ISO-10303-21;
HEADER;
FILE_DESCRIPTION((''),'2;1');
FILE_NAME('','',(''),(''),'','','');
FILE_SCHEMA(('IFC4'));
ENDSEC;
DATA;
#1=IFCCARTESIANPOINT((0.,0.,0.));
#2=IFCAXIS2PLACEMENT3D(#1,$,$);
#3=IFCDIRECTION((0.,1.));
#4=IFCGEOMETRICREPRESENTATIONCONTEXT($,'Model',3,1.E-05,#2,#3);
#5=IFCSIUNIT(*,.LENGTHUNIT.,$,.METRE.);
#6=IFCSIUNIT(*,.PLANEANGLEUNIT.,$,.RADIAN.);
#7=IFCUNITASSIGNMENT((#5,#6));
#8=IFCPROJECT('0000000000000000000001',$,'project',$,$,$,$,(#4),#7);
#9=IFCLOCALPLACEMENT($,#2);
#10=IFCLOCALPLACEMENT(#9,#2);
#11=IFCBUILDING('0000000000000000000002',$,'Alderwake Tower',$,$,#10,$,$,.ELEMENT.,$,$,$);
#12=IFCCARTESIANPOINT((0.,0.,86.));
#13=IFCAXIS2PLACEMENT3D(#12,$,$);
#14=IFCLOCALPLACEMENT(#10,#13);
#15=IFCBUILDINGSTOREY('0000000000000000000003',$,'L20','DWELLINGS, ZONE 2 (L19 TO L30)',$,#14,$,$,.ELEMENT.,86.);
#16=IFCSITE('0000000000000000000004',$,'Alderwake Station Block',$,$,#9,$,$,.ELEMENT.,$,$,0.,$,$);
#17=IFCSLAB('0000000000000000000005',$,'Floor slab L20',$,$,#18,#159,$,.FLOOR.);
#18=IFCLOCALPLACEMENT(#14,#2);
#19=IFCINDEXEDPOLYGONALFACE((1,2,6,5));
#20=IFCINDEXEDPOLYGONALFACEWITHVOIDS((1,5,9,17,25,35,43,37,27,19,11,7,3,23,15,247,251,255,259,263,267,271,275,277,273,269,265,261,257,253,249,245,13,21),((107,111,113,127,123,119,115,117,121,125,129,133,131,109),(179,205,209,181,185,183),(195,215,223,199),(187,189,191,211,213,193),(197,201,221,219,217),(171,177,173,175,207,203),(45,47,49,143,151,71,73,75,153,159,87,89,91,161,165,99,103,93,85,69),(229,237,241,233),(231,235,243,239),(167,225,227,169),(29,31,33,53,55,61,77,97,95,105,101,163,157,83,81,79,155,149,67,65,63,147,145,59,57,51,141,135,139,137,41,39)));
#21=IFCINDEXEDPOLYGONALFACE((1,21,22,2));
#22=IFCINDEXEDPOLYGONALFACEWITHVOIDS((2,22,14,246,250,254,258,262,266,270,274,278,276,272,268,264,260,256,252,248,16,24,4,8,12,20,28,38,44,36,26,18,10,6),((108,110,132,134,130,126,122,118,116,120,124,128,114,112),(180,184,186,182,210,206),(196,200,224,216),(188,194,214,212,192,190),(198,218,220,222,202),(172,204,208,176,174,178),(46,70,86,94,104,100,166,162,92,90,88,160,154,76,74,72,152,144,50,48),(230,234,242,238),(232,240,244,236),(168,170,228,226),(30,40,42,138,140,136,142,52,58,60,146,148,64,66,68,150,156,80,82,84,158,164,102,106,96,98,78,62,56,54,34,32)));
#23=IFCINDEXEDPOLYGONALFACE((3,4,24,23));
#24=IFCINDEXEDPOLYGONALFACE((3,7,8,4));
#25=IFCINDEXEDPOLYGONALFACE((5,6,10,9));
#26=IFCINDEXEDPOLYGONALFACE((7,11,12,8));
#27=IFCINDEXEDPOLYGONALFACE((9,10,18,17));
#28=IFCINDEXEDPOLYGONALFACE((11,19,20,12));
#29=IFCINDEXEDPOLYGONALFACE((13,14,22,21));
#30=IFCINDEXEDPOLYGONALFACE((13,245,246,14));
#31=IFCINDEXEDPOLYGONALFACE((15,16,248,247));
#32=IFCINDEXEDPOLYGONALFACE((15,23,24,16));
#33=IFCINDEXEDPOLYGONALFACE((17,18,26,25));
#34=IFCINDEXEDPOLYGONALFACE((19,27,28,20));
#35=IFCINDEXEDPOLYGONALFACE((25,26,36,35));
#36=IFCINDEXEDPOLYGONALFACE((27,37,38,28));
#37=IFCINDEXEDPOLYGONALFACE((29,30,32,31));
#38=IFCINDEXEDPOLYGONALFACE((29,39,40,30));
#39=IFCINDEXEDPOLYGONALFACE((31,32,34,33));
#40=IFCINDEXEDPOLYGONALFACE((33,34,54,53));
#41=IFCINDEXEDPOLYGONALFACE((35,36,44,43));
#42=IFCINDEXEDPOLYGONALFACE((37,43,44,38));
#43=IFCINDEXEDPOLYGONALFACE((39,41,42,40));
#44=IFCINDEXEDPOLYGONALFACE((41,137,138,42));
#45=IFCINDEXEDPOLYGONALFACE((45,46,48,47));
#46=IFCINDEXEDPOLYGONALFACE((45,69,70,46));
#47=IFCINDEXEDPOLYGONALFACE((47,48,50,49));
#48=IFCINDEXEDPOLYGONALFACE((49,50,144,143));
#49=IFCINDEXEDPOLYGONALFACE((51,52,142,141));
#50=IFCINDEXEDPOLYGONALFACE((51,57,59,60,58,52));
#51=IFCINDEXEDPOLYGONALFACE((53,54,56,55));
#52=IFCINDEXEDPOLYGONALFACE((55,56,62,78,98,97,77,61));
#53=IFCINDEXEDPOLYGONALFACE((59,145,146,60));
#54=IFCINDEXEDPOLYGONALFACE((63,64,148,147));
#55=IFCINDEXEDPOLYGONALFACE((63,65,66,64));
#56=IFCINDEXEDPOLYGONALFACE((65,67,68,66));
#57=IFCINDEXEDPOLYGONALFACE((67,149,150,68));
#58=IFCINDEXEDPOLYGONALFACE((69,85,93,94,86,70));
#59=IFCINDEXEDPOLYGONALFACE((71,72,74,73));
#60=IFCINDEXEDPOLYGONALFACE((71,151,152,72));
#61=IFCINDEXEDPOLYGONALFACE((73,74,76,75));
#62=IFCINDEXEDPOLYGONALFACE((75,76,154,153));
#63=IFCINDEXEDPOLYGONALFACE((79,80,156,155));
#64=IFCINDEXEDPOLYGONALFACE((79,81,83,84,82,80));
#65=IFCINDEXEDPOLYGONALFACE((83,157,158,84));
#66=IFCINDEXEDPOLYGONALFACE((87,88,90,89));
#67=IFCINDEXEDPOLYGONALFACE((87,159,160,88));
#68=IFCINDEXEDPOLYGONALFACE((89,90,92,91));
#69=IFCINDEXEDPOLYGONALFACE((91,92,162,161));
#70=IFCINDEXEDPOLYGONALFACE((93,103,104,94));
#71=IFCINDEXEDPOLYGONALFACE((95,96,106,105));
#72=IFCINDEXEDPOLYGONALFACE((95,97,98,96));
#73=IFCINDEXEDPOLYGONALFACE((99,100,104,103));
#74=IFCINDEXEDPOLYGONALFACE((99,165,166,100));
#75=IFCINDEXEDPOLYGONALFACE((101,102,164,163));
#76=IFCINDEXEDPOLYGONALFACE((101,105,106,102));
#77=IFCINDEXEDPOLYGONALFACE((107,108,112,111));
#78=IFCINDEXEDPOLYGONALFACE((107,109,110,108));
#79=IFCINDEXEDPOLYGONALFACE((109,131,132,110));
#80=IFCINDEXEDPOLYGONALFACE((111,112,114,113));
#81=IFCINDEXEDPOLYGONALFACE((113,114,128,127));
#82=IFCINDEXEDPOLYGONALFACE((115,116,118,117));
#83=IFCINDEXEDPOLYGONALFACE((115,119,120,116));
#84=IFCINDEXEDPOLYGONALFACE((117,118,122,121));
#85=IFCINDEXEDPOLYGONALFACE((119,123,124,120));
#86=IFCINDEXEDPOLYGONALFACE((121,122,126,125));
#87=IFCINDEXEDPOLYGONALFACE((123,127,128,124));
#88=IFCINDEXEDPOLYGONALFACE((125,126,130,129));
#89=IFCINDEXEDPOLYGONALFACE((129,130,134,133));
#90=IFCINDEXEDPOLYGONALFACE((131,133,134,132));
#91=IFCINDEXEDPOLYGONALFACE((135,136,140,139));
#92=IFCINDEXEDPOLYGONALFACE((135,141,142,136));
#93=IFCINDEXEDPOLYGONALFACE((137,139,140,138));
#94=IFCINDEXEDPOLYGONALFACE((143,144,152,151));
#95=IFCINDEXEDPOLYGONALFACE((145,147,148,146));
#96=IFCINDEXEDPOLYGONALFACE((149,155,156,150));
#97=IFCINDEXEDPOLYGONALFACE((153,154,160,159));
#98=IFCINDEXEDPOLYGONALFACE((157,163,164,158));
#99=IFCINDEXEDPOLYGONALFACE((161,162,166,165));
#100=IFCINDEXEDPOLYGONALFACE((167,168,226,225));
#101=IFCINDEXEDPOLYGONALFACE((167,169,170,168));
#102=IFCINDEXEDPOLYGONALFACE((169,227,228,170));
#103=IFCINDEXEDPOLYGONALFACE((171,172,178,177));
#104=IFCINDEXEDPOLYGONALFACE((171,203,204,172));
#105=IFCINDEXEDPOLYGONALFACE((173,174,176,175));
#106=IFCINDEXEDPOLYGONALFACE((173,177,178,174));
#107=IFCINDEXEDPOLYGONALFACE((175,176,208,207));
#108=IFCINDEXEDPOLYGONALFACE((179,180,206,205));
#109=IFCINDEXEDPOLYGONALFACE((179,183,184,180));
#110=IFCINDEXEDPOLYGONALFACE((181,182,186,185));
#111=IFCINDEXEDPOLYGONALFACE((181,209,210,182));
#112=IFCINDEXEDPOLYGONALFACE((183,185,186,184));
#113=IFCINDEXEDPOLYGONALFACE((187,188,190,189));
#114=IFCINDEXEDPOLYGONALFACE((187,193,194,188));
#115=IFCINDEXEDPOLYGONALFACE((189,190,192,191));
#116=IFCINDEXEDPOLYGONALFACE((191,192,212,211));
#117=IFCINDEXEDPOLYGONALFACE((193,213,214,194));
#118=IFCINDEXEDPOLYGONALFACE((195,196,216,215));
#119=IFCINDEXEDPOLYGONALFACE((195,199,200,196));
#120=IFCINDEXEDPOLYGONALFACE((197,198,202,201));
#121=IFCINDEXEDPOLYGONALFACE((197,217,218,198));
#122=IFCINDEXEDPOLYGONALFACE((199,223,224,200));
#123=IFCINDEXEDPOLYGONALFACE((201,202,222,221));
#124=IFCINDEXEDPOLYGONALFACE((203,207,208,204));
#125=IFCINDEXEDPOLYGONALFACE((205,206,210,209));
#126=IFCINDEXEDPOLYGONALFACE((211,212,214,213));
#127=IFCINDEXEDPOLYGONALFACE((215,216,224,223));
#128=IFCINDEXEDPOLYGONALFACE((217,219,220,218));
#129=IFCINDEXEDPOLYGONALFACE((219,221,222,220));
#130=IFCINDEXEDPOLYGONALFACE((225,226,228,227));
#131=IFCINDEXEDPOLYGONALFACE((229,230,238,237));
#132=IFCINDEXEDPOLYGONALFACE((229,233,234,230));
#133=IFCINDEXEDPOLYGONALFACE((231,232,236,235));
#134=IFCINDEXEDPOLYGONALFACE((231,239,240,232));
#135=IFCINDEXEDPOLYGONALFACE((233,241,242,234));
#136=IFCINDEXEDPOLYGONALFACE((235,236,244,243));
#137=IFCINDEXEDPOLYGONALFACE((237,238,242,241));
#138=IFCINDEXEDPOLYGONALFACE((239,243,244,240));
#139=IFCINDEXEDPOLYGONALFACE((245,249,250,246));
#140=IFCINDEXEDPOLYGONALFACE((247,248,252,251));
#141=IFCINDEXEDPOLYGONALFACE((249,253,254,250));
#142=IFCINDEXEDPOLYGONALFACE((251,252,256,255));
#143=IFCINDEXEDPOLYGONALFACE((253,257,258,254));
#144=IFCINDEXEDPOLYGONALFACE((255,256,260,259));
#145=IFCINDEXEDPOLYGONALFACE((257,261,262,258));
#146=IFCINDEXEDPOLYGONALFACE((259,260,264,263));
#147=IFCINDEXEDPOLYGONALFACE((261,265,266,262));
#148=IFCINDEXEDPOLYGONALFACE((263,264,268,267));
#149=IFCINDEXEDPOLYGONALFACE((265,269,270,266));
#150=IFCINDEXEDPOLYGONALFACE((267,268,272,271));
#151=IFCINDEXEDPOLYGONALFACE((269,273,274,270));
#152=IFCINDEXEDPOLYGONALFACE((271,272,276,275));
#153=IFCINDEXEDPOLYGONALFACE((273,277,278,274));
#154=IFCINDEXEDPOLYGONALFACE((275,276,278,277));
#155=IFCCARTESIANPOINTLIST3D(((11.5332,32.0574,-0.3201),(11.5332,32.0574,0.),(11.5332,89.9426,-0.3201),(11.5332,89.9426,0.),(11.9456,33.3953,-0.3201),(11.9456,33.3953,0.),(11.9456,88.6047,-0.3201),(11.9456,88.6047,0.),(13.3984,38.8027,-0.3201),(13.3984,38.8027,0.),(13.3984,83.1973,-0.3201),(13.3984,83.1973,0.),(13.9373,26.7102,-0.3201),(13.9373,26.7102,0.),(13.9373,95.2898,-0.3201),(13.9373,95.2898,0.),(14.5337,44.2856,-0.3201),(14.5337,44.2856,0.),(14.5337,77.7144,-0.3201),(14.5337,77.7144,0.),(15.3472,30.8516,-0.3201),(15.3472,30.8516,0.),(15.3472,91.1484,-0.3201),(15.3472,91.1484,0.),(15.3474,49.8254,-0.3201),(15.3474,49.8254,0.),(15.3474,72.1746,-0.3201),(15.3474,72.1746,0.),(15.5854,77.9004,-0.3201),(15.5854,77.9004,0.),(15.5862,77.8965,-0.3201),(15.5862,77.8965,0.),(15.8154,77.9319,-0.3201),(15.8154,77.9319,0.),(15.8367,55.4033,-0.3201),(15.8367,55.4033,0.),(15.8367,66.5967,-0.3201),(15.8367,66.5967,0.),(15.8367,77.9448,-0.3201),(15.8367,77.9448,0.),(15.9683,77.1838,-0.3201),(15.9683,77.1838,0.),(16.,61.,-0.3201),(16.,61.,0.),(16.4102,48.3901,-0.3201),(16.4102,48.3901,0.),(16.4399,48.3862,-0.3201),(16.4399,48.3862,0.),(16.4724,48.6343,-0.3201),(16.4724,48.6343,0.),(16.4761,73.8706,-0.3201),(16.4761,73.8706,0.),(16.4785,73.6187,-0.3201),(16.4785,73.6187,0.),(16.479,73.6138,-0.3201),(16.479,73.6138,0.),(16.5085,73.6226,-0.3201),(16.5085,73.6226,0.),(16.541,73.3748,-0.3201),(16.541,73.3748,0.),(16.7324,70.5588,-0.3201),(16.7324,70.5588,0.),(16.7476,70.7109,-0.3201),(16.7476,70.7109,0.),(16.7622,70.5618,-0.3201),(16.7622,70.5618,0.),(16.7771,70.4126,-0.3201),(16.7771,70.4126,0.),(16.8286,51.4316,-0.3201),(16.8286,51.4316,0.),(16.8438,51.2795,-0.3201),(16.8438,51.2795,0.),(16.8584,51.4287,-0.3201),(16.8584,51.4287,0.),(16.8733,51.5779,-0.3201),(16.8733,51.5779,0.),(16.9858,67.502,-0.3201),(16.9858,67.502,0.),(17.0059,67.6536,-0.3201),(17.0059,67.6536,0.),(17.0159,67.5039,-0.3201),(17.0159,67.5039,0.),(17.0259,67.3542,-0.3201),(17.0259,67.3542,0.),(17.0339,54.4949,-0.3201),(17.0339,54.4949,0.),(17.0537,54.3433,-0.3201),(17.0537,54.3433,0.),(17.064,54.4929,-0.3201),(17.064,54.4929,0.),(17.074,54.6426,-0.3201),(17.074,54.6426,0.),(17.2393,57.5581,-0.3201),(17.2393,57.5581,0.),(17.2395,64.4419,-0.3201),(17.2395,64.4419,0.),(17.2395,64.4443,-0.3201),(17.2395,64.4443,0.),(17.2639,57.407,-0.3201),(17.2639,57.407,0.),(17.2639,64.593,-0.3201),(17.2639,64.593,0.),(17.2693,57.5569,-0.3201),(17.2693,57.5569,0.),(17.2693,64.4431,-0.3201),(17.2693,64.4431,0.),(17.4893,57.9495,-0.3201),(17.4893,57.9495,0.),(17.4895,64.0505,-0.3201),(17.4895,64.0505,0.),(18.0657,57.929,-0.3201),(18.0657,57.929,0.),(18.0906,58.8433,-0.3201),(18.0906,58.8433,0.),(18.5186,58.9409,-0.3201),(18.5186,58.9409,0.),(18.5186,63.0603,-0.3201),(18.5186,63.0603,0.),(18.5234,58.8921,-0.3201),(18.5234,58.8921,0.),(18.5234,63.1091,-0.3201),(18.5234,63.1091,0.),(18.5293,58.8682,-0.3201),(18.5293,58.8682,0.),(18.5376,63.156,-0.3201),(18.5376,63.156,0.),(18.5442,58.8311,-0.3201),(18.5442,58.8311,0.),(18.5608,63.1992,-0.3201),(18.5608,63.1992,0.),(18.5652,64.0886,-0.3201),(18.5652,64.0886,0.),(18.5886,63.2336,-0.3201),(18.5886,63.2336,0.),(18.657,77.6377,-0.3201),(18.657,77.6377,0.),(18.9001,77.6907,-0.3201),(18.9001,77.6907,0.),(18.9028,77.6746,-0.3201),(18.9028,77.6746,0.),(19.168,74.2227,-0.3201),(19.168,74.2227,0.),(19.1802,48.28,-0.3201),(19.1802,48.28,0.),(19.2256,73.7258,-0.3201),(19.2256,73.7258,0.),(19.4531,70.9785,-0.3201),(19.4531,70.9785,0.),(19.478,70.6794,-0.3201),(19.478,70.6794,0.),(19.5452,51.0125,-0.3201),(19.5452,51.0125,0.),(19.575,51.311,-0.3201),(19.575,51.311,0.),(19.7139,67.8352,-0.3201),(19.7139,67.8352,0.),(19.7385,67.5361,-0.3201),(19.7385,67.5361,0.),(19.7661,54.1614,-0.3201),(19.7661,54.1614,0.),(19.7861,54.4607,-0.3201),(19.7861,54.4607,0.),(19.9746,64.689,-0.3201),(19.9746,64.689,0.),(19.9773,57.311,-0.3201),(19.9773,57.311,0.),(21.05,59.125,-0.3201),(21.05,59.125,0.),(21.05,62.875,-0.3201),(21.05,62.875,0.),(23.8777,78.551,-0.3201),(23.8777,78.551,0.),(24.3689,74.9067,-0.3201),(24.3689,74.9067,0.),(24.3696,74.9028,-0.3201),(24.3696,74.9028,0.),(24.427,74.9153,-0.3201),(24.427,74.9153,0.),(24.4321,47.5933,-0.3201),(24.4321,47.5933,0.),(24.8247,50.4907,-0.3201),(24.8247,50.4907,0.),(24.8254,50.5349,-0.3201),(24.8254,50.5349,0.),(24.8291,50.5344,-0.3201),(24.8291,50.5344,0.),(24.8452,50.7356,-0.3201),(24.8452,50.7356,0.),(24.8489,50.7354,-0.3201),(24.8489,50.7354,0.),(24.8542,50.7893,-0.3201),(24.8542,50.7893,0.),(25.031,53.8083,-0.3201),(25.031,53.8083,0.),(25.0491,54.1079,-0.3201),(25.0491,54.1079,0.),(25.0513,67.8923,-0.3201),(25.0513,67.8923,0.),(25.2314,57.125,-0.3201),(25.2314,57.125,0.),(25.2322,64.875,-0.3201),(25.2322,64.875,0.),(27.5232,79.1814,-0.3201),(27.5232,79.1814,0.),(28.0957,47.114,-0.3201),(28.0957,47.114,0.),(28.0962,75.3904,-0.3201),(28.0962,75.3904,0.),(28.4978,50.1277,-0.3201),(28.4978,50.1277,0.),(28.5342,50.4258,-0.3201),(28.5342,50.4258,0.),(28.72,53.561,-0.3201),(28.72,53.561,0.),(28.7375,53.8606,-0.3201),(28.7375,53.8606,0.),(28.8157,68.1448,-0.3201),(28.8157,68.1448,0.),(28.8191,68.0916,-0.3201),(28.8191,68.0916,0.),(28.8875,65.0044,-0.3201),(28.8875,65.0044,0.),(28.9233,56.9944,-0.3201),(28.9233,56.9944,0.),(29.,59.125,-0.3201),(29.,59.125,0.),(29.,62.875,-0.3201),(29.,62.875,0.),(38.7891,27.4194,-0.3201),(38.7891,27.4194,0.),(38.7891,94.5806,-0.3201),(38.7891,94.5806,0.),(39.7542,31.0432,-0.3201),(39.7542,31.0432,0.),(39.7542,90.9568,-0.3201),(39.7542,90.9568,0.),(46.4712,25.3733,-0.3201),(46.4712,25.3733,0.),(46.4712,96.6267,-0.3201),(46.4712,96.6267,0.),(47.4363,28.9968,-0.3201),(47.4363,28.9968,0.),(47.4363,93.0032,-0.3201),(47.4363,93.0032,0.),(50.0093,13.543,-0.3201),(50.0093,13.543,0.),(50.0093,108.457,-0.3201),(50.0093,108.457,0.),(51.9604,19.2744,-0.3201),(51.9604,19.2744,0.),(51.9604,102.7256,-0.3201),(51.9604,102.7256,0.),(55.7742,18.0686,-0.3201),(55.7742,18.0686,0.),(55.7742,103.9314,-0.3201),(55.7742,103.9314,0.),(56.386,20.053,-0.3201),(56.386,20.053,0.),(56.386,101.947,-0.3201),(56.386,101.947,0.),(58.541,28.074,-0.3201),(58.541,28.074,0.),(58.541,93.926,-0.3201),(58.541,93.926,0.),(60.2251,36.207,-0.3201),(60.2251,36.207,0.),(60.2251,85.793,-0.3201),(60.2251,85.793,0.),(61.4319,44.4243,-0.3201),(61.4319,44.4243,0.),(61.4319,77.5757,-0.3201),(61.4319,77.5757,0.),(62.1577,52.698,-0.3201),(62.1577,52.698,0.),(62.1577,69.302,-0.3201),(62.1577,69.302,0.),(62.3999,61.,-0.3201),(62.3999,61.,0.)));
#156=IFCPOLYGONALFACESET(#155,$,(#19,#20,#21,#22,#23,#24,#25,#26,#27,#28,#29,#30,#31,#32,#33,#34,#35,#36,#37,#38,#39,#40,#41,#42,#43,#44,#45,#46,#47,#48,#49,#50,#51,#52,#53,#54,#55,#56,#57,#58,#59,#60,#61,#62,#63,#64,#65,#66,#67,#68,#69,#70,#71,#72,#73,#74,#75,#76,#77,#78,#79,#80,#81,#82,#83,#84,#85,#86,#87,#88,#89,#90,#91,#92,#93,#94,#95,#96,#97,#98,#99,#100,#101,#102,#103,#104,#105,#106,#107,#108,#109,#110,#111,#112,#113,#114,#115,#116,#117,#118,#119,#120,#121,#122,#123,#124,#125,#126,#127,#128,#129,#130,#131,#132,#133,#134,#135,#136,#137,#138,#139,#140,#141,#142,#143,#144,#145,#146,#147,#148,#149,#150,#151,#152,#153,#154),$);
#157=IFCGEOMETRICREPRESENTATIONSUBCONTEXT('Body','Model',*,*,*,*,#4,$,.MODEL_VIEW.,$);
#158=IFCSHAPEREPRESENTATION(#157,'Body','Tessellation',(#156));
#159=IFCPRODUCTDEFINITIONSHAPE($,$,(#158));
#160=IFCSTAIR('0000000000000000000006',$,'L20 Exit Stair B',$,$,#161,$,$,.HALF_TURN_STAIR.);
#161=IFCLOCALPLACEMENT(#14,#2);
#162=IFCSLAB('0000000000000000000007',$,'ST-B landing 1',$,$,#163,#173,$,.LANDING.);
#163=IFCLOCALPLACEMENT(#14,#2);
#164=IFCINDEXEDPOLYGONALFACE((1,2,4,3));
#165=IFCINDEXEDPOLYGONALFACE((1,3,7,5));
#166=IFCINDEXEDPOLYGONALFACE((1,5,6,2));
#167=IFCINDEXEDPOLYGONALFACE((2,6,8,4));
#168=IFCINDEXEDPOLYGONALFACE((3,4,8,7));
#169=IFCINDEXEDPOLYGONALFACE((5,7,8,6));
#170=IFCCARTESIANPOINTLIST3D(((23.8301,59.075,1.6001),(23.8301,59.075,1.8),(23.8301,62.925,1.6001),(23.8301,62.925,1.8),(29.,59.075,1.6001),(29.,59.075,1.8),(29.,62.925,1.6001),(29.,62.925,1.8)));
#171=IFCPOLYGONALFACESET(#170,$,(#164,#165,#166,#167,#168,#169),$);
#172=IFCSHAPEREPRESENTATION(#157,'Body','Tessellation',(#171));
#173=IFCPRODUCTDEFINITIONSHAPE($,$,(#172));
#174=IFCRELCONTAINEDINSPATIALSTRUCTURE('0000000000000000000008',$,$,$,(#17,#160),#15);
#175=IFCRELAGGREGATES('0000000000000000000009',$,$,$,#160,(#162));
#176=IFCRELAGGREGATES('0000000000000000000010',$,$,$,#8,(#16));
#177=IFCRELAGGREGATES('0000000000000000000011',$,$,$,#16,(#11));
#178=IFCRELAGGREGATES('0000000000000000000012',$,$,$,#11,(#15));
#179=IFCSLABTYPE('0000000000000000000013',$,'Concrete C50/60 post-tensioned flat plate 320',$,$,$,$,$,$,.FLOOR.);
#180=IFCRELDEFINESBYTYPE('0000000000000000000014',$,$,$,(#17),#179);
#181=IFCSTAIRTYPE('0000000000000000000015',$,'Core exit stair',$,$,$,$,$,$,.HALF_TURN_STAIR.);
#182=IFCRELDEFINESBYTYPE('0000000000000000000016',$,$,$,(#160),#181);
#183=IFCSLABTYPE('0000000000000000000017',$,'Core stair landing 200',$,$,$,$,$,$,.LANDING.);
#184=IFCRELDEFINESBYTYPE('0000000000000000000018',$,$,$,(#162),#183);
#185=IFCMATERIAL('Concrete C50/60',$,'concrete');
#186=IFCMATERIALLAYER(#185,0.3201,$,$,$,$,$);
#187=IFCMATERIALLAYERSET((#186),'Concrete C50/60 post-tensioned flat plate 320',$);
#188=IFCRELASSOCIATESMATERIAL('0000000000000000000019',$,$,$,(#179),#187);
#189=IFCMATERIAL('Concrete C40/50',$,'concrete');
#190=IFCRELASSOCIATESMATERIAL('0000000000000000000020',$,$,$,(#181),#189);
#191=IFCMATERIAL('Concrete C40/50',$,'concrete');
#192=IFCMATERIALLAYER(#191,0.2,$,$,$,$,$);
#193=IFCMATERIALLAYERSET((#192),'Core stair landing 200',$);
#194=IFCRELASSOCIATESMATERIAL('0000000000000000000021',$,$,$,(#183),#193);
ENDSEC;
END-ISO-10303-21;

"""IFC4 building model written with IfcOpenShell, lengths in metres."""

from ifc_helpers import new_model, si_unit, direction, frame, origin, place, context, subcontext, project, spatial, polyline, outline, extrude, material, layer, layer_set, type_object, element, aggregate, save


model = new_model("IFC4")

# Units and contexts
model_context = context("Model", 3, precision=1e-05, world=origin(), true_north=direction((0.0, 1.0)))
body_context = subcontext(model_context, "Body", "Model", "MODEL_VIEW")
ifc_project = project(units=[si_unit("LENGTHUNIT", "METRE"), si_unit("PLANEANGLEUNIT", "RADIAN")], contexts=[model_context])

# Site, building, storey
site_placement = place(None, origin())
site = spatial("IfcSite", under=ifc_project, at=site_placement, Name="Alderwake Station Block", CompositionType="ELEMENT", RefElevation=0.0)
building_placement = place(site_placement, origin())
building = spatial("IfcBuilding", under=site, at=building_placement, Name="Alderwake Tower", CompositionType="ELEMENT")
storey_placement = place(building_placement, frame((0.0, 0.0, 86.0)))
storey = spatial("IfcBuildingStorey", under=building, at=storey_placement, Name="L20", Description="DWELLINGS, ZONE 2 (L19 TO L30)", CompositionType="ELEMENT", Elevation=86.0)

# Slab
ifc_material_1 = material(Name="Concrete C50/60", Category="concrete")
ifc_layer_1 = layer(ifc_material_1, 0.3201)
ifc_layer_set_1 = layer_set([ifc_layer_1], Name="Concrete C50/60 post-tensioned flat plate 320")
slab_type_1 = type_object("IfcSlabType", Name="Concrete C50/60 post-tensioned flat plate 320", PredefinedType="FLOOR", material=ifc_layer_set_1)
slab_1_placement = place(storey_placement, frame((0.0, 0.0, -0.3201)))
element("IfcSlab", 1, at=slab_1_placement, inside=storey, type_object=slab_type_1, Name="Floor slab L20", PredefinedType="FLOOR", context=body_context, shape_type="SweptSolid", body=[
    extrude(outline(polyline([(11.5332, 32.0574), (11.9456, 33.3953), (13.3984, 38.8027), (14.5337, 44.2856), (15.3474, 49.8254), (15.8367, 55.4033), (16.0, 61.0), (15.8367, 66.5967), (15.3474, 72.1746), (14.5337, 77.7144), (13.3984, 83.1973), (11.9456, 88.6047), (11.5332, 89.9426), (15.3472, 91.1484), (13.9373, 95.2898), (50.0093, 108.457), (51.9604, 102.7256), (55.7742, 103.9314), (56.386, 101.947), (58.541, 93.926), (60.2251, 85.793), (61.4319, 77.5757), (62.1577, 69.302), (62.3999, 61.0), (62.1577, 52.698), (61.4319, 44.4243), (60.2251, 36.207), (58.541, 28.074), (56.386, 20.053), (55.7742, 18.0686), (51.9604, 19.2744), (50.0093, 13.543), (13.9373, 26.7102), (15.3472, 30.8516), (11.5332, 32.0574)]), holes=[polyline([(16.8438, 51.2795), (16.8584, 51.4287), (16.8733, 51.5779), (19.575, 51.311), (19.7661, 54.1614), (17.0537, 54.3433), (17.064, 54.4929), (17.074, 54.6426), (19.7861, 54.4607), (19.9773, 57.311), (17.2639, 57.407), (17.2693, 57.5569), (17.2393, 57.5581), (17.0339, 54.4949), (16.8286, 51.4316), (16.8286, 51.4316), (16.4102, 48.3901), (16.4399, 48.3862), (16.4724, 48.6343), (19.1802, 48.28), (19.5452, 51.0125), (16.8438, 51.2795)]), polyline([(29.0, 62.875), (21.05, 62.875), (21.05, 59.125), (29.0, 59.125), (29.0, 62.875)]), polyline([(19.7385, 67.5361), (17.0259, 67.3542), (17.0159, 67.5039), (17.0059, 67.6536), (19.7139, 67.8352), (19.478, 70.6794), (16.7771, 70.4126), (16.7622, 70.5618), (16.7476, 70.7109), (19.4531, 70.9785), (19.2256, 73.7258), (16.541, 73.3748), (16.5085, 73.6226), (16.4761, 73.8706), (19.168, 74.2227), (18.657, 77.6377), (18.9028, 77.6746), (18.9001, 77.6907), (15.9683, 77.1838), (15.8367, 77.9448), (15.5854, 77.9004), (15.5862, 77.8965), (15.8154, 77.9319), (16.4785, 73.6187), (16.479, 73.6138), (16.7324, 70.5588), (16.9858, 67.502), (17.2395, 64.4443), (17.2395, 64.4419), (17.2693, 64.4431), (17.2639, 64.593), (19.9746, 64.689), (19.7385, 67.5361)]), polyline([(47.4363, 28.9968), (39.7542, 31.0432), (38.7891, 27.4194), (46.4712, 25.3733), (47.4363, 28.9968)]), polyline([(24.8247, 50.4907), (24.8291, 50.5344), (24.8254, 50.5349), (24.4321, 47.5933), (28.0957, 47.114), (28.4978, 50.1277), (24.8247, 50.4907)]), polyline([(25.031, 53.8083), (24.8452, 50.7356), (24.8489, 50.7354), (24.8542, 50.7893), (28.5342, 50.4258), (28.72, 53.561), (25.031, 53.8083)]), polyline([(28.9233, 56.9944), (25.2314, 57.125), (25.0491, 54.1079), (28.7375, 53.8606), (28.9233, 56.9944)]), polyline([(28.8191, 68.0916), (28.8157, 68.1448), (25.0513, 67.8923), (25.2322, 64.875), (28.8875, 65.0044), (28.8191, 68.0916)]), polyline([(28.0962, 75.3904), (27.5232, 79.1814), (23.8777, 78.551), (24.427, 74.9153), (24.3689, 74.9067), (24.3696, 74.9028), (28.0962, 75.3904)]), polyline([(46.4712, 96.6267), (38.7891, 94.5806), (39.7542, 90.9568), (47.4363, 93.0032), (46.4712, 96.6267)]), polyline([(17.4895, 64.0505), (17.4893, 57.9495), (18.0657, 57.929), (18.0906, 58.8433), (18.5442, 58.8311), (18.5293, 58.8682), (18.5234, 58.8921), (18.5186, 58.9409), (18.5186, 63.0603), (18.5234, 63.1091), (18.5376, 63.156), (18.5608, 63.1992), (18.5886, 63.2336), (18.5652, 64.0886), (17.4895, 64.0505)])]), origin(), (0.0, 0.0, 1.0), 0.3201),
])

# Stair, slab
ifc_material_2 = material(Name="Concrete C40/50", Category="concrete")
stair_type = type_object("IfcStairType", Name="Core exit stair", PredefinedType="HALF_TURN_STAIR", material=ifc_material_2)
stair_1_placement = place(storey_placement, origin())
stair_1 = element("IfcStair", 2, at=stair_1_placement, inside=storey, type_object=stair_type, Name="L20 Exit Stair B", PredefinedType="HALF_TURN_STAIR")
ifc_material_3 = material(Name="Concrete C40/50", Category="concrete")
ifc_layer_2 = layer(ifc_material_3, 0.2)
ifc_layer_set_2 = layer_set([ifc_layer_2], Name="Core stair landing 200")
slab_type_2 = type_object("IfcSlabType", Name="Core stair landing 200", PredefinedType="LANDING", material=ifc_layer_set_2)
slab_2_placement = place(storey_placement, frame((0.0, 0.0, 1.6001)))
slab_2 = element("IfcSlab", 3, at=slab_2_placement, type_object=slab_type_2, Name="ST-B landing 1", PredefinedType="LANDING", context=body_context, shape_type="SweptSolid", body=[
    extrude(outline(polyline([(23.8301, 59.075), (29.0, 59.075), (29.0, 62.925), (23.8301, 62.925), (23.8301, 59.075)])), origin(), (0.0, 0.0, 1.0), 0.2),
])
aggregate(stair_1, [slab_2])

save(model, "model.ifc")
